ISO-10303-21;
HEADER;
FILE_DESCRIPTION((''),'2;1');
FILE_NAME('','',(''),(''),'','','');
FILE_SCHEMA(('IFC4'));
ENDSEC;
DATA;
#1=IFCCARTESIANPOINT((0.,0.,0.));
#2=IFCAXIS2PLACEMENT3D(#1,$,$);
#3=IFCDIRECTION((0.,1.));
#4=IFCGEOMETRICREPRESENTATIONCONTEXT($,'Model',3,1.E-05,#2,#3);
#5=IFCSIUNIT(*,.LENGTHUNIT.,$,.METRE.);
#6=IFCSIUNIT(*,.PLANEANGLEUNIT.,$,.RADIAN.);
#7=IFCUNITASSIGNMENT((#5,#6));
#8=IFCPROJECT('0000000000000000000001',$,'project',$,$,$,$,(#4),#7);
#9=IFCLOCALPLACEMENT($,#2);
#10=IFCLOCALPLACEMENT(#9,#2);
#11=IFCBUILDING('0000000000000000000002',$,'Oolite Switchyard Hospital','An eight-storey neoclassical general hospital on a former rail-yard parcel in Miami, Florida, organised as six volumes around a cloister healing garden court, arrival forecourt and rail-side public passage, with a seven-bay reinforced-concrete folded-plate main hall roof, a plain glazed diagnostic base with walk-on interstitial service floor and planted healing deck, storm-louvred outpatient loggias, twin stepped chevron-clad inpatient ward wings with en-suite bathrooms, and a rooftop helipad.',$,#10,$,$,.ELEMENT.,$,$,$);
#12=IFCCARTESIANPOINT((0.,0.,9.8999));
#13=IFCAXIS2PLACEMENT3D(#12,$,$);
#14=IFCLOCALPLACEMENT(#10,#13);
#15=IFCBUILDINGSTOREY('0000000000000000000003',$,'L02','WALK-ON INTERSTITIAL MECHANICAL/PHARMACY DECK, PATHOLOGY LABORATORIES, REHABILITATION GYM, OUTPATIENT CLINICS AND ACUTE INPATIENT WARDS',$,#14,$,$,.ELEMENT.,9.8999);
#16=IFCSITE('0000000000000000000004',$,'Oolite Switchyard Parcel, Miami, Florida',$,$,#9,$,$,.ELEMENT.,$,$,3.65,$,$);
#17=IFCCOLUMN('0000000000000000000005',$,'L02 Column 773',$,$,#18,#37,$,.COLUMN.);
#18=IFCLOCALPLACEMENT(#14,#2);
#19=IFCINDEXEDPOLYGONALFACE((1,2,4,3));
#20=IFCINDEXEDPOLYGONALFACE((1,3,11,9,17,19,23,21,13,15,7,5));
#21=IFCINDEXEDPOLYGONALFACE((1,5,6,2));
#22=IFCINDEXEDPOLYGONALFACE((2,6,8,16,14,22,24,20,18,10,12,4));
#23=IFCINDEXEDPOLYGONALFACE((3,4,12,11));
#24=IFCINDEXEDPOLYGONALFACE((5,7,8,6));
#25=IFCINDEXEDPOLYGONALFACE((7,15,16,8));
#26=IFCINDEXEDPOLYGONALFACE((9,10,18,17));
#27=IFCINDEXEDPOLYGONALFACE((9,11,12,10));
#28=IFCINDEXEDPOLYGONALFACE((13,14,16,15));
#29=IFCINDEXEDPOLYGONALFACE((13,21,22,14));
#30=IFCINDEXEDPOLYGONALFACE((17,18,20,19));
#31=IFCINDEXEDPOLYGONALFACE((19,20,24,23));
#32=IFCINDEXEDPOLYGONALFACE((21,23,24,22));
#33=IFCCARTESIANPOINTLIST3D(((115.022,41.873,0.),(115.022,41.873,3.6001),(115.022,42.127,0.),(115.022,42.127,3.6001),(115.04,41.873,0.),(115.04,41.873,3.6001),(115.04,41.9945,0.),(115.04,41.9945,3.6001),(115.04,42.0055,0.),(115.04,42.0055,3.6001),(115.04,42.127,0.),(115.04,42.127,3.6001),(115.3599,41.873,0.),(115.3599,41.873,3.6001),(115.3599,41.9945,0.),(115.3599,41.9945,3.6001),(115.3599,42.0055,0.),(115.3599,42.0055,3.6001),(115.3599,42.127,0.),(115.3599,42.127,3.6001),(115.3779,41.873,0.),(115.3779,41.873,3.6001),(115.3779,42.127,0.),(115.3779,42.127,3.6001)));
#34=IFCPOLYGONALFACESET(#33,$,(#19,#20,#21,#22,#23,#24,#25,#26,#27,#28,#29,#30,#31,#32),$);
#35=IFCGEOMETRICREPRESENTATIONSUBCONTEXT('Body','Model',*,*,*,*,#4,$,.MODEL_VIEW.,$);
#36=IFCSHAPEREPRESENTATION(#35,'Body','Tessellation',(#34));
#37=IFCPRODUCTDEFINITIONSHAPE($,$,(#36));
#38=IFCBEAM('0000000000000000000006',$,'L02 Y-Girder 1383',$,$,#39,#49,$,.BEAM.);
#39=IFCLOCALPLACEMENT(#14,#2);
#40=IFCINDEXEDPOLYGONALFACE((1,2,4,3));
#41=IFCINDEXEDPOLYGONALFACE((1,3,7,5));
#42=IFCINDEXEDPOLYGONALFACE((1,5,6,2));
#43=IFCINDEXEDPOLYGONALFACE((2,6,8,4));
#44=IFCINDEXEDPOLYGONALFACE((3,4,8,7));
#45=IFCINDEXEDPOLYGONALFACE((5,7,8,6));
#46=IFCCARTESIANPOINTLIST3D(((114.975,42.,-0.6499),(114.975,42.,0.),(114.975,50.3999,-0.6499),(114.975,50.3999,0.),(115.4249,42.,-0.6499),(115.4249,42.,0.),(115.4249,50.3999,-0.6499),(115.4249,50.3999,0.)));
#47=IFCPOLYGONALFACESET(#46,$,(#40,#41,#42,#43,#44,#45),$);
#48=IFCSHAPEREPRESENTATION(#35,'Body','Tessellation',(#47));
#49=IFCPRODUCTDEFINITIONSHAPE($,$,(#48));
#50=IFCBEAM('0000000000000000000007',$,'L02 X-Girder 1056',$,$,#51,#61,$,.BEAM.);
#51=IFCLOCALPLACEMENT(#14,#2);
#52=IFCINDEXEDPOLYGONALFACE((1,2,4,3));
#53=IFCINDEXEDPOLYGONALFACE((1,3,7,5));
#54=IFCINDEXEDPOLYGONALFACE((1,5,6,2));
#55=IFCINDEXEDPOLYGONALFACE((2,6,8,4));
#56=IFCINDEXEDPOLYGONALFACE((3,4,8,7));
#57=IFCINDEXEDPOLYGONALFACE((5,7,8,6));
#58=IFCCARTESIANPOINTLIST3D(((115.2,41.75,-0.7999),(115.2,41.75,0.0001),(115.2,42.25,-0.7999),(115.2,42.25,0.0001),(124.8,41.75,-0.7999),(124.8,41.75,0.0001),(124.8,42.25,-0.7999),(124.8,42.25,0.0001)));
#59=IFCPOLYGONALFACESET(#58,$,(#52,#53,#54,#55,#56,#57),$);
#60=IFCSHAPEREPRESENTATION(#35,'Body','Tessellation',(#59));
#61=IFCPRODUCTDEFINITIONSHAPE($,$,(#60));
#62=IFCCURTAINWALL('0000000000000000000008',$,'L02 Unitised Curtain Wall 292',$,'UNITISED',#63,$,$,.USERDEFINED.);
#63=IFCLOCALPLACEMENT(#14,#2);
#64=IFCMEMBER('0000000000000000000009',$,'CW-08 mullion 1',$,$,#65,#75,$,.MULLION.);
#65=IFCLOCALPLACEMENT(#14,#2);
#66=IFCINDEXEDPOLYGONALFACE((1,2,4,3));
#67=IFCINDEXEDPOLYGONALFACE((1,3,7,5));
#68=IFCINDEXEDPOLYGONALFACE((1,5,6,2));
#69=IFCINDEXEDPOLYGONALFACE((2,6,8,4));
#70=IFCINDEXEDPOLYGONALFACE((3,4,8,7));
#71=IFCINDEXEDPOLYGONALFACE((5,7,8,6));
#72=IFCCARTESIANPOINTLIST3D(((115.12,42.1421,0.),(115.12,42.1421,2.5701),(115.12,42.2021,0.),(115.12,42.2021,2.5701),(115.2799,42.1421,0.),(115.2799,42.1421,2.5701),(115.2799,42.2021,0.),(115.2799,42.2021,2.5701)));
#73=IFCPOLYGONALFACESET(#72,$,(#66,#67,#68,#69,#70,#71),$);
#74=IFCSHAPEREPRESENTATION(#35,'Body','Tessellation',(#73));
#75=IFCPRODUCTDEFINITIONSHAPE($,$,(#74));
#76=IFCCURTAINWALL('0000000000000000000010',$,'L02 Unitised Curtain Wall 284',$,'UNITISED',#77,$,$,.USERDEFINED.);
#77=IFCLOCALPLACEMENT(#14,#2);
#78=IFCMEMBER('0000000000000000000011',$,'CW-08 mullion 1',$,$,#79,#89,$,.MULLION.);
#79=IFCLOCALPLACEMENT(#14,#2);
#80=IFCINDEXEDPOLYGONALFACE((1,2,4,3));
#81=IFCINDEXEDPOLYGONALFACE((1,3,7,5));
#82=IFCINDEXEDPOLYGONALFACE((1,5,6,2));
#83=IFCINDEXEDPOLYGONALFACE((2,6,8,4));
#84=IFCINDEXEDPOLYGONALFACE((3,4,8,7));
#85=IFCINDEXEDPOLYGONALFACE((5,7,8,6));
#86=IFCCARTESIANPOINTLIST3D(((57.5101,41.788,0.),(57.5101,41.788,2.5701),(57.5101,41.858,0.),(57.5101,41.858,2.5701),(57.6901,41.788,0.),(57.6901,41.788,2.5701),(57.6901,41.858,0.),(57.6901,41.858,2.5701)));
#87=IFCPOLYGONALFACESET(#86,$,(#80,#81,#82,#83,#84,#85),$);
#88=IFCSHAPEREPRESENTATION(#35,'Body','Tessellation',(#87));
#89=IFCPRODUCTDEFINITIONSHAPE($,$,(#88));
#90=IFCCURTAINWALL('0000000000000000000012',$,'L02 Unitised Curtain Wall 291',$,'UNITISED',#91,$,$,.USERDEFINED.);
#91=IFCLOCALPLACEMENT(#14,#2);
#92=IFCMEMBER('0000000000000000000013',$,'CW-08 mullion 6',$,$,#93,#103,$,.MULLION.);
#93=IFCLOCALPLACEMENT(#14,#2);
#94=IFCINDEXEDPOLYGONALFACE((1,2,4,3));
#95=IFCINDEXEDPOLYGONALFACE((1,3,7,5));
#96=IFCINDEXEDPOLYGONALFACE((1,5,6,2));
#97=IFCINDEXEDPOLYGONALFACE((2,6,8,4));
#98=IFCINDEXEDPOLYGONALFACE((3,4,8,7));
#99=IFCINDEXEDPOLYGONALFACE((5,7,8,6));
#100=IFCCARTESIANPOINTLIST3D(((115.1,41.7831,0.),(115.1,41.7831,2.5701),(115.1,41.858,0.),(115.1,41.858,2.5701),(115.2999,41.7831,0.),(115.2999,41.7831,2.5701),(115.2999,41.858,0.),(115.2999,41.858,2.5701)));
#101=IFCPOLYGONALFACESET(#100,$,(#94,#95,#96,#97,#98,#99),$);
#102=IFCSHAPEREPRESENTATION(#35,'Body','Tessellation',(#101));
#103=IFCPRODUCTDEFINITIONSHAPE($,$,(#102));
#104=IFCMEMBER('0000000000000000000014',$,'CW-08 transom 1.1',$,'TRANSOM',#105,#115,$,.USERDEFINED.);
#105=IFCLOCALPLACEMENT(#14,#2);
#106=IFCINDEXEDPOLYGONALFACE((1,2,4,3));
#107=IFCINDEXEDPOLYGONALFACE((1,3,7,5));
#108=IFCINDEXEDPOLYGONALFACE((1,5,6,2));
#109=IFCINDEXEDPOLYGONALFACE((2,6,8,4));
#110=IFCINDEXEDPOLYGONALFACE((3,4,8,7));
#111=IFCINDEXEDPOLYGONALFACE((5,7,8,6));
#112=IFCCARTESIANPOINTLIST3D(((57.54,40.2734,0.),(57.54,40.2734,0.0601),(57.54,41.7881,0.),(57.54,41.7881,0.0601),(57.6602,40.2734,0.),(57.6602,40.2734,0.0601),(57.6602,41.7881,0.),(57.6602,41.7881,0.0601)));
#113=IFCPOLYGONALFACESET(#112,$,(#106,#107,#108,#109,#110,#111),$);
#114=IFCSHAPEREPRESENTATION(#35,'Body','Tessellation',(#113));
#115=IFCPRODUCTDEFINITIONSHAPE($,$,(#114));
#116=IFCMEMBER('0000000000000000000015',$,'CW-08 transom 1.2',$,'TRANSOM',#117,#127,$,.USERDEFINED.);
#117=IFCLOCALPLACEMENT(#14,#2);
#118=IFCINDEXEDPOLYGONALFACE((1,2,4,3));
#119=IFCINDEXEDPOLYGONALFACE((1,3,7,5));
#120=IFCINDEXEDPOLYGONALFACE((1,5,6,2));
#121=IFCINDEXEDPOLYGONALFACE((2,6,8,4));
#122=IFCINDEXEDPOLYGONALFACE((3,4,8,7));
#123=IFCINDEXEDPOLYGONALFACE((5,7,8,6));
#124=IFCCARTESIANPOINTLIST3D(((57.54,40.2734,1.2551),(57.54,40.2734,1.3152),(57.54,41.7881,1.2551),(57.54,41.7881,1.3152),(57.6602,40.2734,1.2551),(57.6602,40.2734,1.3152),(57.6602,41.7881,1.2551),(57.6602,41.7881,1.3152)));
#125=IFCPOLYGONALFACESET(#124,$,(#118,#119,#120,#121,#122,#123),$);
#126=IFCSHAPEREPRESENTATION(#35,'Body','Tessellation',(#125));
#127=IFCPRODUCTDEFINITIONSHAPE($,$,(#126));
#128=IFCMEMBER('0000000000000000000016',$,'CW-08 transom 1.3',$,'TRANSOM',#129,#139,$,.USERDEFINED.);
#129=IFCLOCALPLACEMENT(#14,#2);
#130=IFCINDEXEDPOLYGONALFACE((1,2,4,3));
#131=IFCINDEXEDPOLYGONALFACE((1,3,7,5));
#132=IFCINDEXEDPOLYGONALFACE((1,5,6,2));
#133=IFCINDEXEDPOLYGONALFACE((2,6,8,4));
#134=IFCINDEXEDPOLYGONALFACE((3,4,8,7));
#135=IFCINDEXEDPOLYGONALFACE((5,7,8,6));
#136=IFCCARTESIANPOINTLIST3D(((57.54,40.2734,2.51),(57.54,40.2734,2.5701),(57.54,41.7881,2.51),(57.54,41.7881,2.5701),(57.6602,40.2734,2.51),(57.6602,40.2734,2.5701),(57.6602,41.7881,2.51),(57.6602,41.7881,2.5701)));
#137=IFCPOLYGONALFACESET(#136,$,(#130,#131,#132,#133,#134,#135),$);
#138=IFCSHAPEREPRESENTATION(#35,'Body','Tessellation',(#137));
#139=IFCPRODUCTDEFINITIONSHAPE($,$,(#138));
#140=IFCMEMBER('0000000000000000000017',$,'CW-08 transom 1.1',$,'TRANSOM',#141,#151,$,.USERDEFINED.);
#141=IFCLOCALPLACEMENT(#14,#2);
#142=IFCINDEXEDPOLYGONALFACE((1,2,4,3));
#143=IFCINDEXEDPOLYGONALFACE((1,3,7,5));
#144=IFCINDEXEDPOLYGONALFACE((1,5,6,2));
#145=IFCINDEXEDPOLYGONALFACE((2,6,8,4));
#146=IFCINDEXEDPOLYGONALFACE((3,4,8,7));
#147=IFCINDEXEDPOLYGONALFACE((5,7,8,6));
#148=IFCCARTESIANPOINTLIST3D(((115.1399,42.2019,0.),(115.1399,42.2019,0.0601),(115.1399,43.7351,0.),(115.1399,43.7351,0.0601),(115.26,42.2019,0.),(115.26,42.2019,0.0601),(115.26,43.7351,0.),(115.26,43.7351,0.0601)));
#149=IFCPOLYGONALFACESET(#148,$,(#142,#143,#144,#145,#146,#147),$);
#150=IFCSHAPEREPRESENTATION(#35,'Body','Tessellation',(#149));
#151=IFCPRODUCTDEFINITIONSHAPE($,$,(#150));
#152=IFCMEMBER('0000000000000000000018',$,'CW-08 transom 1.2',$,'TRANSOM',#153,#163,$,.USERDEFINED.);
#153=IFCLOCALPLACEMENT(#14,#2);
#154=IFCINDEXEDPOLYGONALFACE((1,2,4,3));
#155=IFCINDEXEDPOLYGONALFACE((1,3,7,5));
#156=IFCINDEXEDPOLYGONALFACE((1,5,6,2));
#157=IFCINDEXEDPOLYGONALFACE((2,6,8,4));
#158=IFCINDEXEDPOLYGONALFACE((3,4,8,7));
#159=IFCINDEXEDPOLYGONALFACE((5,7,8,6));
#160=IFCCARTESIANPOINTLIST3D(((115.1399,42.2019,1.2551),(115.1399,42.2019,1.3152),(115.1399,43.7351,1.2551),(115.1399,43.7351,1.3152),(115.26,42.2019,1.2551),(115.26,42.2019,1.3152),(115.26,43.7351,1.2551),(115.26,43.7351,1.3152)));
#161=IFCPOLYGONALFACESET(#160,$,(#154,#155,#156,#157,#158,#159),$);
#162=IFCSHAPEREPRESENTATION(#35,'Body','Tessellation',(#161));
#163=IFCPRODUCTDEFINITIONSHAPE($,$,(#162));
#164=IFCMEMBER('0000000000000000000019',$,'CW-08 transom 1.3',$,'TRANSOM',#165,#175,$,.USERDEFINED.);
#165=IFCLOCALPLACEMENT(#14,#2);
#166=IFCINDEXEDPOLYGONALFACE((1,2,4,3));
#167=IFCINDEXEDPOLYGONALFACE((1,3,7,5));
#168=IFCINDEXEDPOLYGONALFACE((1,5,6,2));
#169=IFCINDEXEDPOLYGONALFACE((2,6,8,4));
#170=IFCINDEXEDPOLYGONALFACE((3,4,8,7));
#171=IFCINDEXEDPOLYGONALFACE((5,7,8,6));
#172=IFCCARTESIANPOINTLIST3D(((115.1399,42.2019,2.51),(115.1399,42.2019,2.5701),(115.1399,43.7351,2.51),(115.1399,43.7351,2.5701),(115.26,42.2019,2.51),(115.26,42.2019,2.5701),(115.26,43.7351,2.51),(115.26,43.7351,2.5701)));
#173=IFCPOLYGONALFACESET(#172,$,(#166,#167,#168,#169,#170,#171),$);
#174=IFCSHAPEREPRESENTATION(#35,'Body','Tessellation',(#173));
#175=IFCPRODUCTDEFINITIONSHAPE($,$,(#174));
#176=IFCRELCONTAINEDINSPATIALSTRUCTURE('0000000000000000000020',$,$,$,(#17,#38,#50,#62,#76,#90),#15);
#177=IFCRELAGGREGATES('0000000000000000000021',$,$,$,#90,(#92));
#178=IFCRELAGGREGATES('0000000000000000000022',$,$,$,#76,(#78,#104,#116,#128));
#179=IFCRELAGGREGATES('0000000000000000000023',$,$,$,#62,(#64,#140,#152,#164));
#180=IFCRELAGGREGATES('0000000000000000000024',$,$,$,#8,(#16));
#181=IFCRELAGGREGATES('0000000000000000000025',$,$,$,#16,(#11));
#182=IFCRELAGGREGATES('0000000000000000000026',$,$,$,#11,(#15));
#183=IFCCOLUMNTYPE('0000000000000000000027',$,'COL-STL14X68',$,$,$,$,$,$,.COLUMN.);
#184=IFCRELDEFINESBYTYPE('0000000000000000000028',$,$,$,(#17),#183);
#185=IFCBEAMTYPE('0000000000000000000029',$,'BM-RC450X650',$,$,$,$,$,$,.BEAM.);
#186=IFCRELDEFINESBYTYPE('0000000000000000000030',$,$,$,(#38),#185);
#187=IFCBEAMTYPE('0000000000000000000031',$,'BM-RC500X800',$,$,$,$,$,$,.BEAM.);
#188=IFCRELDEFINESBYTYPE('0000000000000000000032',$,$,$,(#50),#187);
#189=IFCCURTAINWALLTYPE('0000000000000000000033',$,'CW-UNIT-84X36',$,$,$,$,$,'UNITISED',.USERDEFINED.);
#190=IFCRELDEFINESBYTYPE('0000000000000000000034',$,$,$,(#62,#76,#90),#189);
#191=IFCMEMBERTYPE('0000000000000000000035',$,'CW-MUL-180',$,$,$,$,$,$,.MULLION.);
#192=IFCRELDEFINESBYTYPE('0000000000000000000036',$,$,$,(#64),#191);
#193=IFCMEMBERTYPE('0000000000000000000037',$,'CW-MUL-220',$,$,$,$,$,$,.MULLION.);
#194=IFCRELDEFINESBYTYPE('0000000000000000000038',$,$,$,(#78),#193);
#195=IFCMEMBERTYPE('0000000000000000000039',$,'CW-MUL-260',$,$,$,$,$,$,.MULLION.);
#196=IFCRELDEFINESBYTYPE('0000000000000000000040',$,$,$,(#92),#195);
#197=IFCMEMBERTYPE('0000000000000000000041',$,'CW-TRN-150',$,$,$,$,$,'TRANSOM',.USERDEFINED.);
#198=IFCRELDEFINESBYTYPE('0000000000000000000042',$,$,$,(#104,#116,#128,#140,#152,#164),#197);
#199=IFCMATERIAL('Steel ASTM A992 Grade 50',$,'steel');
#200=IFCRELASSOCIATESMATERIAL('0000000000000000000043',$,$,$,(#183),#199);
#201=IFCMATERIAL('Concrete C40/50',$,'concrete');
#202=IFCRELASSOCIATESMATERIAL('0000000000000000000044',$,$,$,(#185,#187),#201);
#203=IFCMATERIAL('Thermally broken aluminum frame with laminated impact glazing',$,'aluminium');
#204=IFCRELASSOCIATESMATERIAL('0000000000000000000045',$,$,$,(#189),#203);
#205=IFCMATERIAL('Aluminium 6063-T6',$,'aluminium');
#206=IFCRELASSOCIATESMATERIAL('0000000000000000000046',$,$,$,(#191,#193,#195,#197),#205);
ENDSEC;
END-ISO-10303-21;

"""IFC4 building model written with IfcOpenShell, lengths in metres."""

from ifc_helpers import new_model, si_unit, direction, frame, origin, origin_2d, place, context, subcontext, project, spatial, rectangle, i_section, extrude, material, material_profile, profile_set, type_object, element, aggregate, save


model = new_model("IFC4")

# Units and contexts
model_context = context("Model", 3, precision=1e-05, world=origin(), true_north=direction((0.0, 1.0)))
body_context = subcontext(model_context, "Body", "Model", "MODEL_VIEW")
ifc_project = project(units=[si_unit("LENGTHUNIT", "METRE"), si_unit("PLANEANGLEUNIT", "RADIAN")], contexts=[model_context])

# Site, building, storey
site_placement = place(None, origin())
site = spatial("IfcSite", under=ifc_project, at=site_placement, Name="Oolite Switchyard Parcel, Miami, Florida", CompositionType="ELEMENT", RefElevation=3.65)
building_placement = place(site_placement, origin())
building = spatial("IfcBuilding", under=site, at=building_placement, Name="Oolite Switchyard Hospital", Description="An eight-storey neoclassical general hospital on a former rail-yard parcel in Miami, Florida, organised as six volumes around a cloister healing garden court, arrival forecourt and rail-side public passage, with a seven-bay reinforced-concrete folded-plate main hall roof, a plain glazed diagnostic base with walk-on interstitial service floor and planted healing deck, storm-louvred outpatient loggias, twin stepped chevron-clad inpatient ward wings with en-suite bathrooms, and a rooftop helipad.", CompositionType="ELEMENT")
storey_placement = place(building_placement, frame((0.0, 0.0, 9.8999)))
storey = spatial("IfcBuildingStorey", under=building, at=storey_placement, Name="L02", Description="WALK-ON INTERSTITIAL MECHANICAL/PHARMACY DECK, PATHOLOGY LABORATORIES, REHABILITATION GYM, OUTPATIENT CLINICS AND ACUTE INPATIENT WARDS", CompositionType="ELEMENT", Elevation=9.8999)

# Column
ifc_material_1 = material(Name="Steel ASTM A992 Grade 50", Category="steel")
ifc_material_profile_1 = material_profile(ifc_material_1, i_section(OverallWidth=0.2539, OverallDepth=0.356, WebThickness=0.011, FlangeThickness=0.0181, at=origin_2d()), Name="W14X68")
ifc_profile_set_1 = profile_set([ifc_material_profile_1], Name="Steel ASTM A992 Grade 50")
column_type = type_object("IfcColumnType", Name="COL-STL14X68", PredefinedType="COLUMN", material=ifc_profile_set_1)
column_placement = place(storey_placement, frame((115.2, 42.0, 0.0), z_axis=(0.0, 0.0, 1.0), x_axis=(0.0, -1.0, 0.0)))
element("IfcColumn", 1, at=column_placement, inside=storey, type_object=column_type, Name="L02 Column 773", PredefinedType="COLUMN", context=body_context, shape_type="SweptSolid", body=[
    extrude(i_section(OverallWidth=0.2539, OverallDepth=0.356, WebThickness=0.011, FlangeThickness=0.0181, at=origin_2d()), origin(), (0.0, 0.0, 1.0), 3.6001),
])

# Beams
ifc_material_2 = material(Name="Concrete C40/50", Category="concrete")
ifc_material_profile_2 = material_profile(ifc_material_2, rectangle(XDim=0.45, YDim=0.6499, at=origin_2d()), Name="RCB450X650")
ifc_profile_set_2 = profile_set([ifc_material_profile_2], Name="Concrete C40/50")
beam_type_1 = type_object("IfcBeamType", Name="BM-RC450X650", PredefinedType="BEAM", material=ifc_profile_set_2)
beam_1_placement = place(storey_placement, frame((115.2, 42.0, -0.325), z_axis=(0.0, 1.0, 0.0), x_axis=(-1.0, 0.0, 0.0)))
element("IfcBeam", 2, at=beam_1_placement, inside=storey, type_object=beam_type_1, Name="L02 Y-Girder 1383", PredefinedType="BEAM", context=body_context, shape_type="SweptSolid", body=[
    extrude(rectangle(XDim=0.45, YDim=0.6499, at=origin_2d()), origin(), (0.0, 0.0, 1.0), 8.3999),
])
ifc_material_profile_3 = material_profile(ifc_material_2, rectangle(XDim=0.5, YDim=0.8, at=origin_2d()), Name="RCB500X800")
ifc_profile_set_3 = profile_set([ifc_material_profile_3], Name="Concrete C40/50")
beam_type_2 = type_object("IfcBeamType", Name="BM-RC500X800", PredefinedType="BEAM", material=ifc_profile_set_3)
beam_2_placement = place(storey_placement, frame((115.2, 42.0, -0.3999), z_axis=(1.0, 0.0, 0.0), x_axis=(0.0, 1.0, 0.0)))
element("IfcBeam", 3, at=beam_2_placement, inside=storey, type_object=beam_type_2, Name="L02 X-Girder 1056", PredefinedType="BEAM", context=body_context, shape_type="SweptSolid", body=[
    extrude(rectangle(XDim=0.5, YDim=0.8, at=origin_2d()), origin(), (0.0, 0.0, 1.0), 9.6001),
])

# Curtain walls, members
ifc_material_3 = material(Name="Thermally broken aluminum frame with laminated impact glazing", Category="aluminium")
curtain_wall_type = type_object("IfcCurtainWallType", Name="CW-UNIT-84X36", ElementType="UNITISED", PredefinedType="USERDEFINED", material=ifc_material_3)
curtain_wall_1_placement = place(storey_placement, origin())
curtain_wall_1 = element("IfcCurtainWall", 4, at=curtain_wall_1_placement, inside=storey, type_object=curtain_wall_type, Name="L02 Unitised Curtain Wall 292", ObjectType="UNITISED", PredefinedType="USERDEFINED")
ifc_material_4 = material(Name="Aluminium 6063-T6", Category="aluminium")
ifc_material_profile_4 = material_profile(ifc_material_4, rectangle(XDim=0.1599, YDim=0.0601, at=origin_2d()), Name="CWM60X160")
ifc_profile_set_4 = profile_set([ifc_material_profile_4], Name="Aluminium 6063-T6")
member_type_1 = type_object("IfcMemberType", Name="CW-MUL-180", PredefinedType="MULLION", material=ifc_profile_set_4)
member_1_placement = place(storey_placement, frame((115.2, 42.1721, 0.0), z_axis=(0.0, 0.0, 1.0), x_axis=(-1.0, 0.0, 0.0)))
member_1 = element("IfcMember", 5, at=member_1_placement, type_object=member_type_1, Name="CW-08 mullion 1", PredefinedType="MULLION", context=body_context, shape_type="SweptSolid", body=[
    extrude(rectangle(XDim=0.1599, YDim=0.0601, at=origin_2d()), origin(), (0.0, 0.0, 1.0), 2.5701),
])
curtain_wall_2_placement = place(storey_placement, origin())
curtain_wall_2 = element("IfcCurtainWall", 6, at=curtain_wall_2_placement, inside=storey, type_object=curtain_wall_type, Name="L02 Unitised Curtain Wall 284", ObjectType="UNITISED", PredefinedType="USERDEFINED")
ifc_material_profile_5 = material_profile(ifc_material_4, rectangle(XDim=0.1799, YDim=0.0701, at=origin_2d()), Name="CWM70X180")
ifc_profile_set_5 = profile_set([ifc_material_profile_5], Name="Aluminium 6063-T6")
member_type_2 = type_object("IfcMemberType", Name="CW-MUL-220", PredefinedType="MULLION", material=ifc_profile_set_5)
member_2_placement = place(storey_placement, frame((57.6001, 41.823, 0.0), z_axis=(0.0, 0.0, 1.0), x_axis=(1.0, 0.0, 0.0)))
member_2 = element("IfcMember", 7, at=member_2_placement, type_object=member_type_2, Name="CW-08 mullion 1", PredefinedType="MULLION", context=body_context, shape_type="SweptSolid", body=[
    extrude(rectangle(XDim=0.1799, YDim=0.0701, at=origin_2d()), origin(), (0.0, 0.0, 1.0), 2.5701),
])
curtain_wall_3_placement = place(storey_placement, origin())
curtain_wall_3 = element("IfcCurtainWall", 8, at=curtain_wall_3_placement, inside=storey, type_object=curtain_wall_type, Name="L02 Unitised Curtain Wall 291", ObjectType="UNITISED", PredefinedType="USERDEFINED")
ifc_material_profile_6 = material_profile(ifc_material_4, rectangle(XDim=0.2, YDim=0.075, at=origin_2d()), Name="CWM75X200")
ifc_profile_set_6 = profile_set([ifc_material_profile_6], Name="Aluminium 6063-T6")
member_type_3 = type_object("IfcMemberType", Name="CW-MUL-260", PredefinedType="MULLION", material=ifc_profile_set_6)
member_3_placement = place(storey_placement, frame((115.2, 41.8206, 0.0), z_axis=(0.0, 0.0, 1.0), x_axis=(-1.0, 0.0, 0.0)))
member_3 = element("IfcMember", 9, at=member_3_placement, type_object=member_type_3, Name="CW-08 mullion 6", PredefinedType="MULLION", context=body_context, shape_type="SweptSolid", body=[
    extrude(rectangle(XDim=0.2, YDim=0.075, at=origin_2d()), origin(), (0.0, 0.0, 1.0), 2.5701),
])
aggregate(curtain_wall_3, [member_3])

# Members
ifc_material_profile_7 = material_profile(ifc_material_4, rectangle(XDim=0.1201, YDim=0.0601, at=origin_2d()), Name="CWT60X120")
ifc_profile_set_7 = profile_set([ifc_material_profile_7], Name="Aluminium 6063-T6")
member_type_4 = type_object("IfcMemberType", Name="CW-TRN-150", ElementType="TRANSOM", PredefinedType="USERDEFINED", material=ifc_profile_set_7)
member_4_placement = place(storey_placement, frame((57.6001, 41.7881, 0.03), z_axis=(0.0, -1.0, 0.0), x_axis=(1.0, 0.0, 0.0)))
member_4 = element("IfcMember", 10, at=member_4_placement, type_object=member_type_4, Name="CW-08 transom 1.1", ObjectType="TRANSOM", PredefinedType="USERDEFINED", context=body_context, shape_type="SweptSolid", body=[
    extrude(rectangle(XDim=0.1201, YDim=0.0601, at=origin_2d()), origin(), (0.0, 0.0, 1.0), 1.5146),
])
member_5_placement = place(storey_placement, frame((57.6001, 41.7881, 1.2852), z_axis=(0.0, -1.0, 0.0), x_axis=(1.0, 0.0, 0.0)))
member_5 = element("IfcMember", 11, at=member_5_placement, type_object=member_type_4, Name="CW-08 transom 1.2", ObjectType="TRANSOM", PredefinedType="USERDEFINED", context=body_context, shape_type="SweptSolid", body=[
    extrude(rectangle(XDim=0.1201, YDim=0.0601, at=origin_2d()), origin(), (0.0, 0.0, 1.0), 1.5146),
])
member_6_placement = place(storey_placement, frame((57.6001, 41.7881, 2.54), z_axis=(0.0, -1.0, 0.0), x_axis=(1.0, 0.0, 0.0)))
member_6 = element("IfcMember", 12, at=member_6_placement, type_object=member_type_4, Name="CW-08 transom 1.3", ObjectType="TRANSOM", PredefinedType="USERDEFINED", context=body_context, shape_type="SweptSolid", body=[
    extrude(rectangle(XDim=0.1201, YDim=0.0601, at=origin_2d()), origin(), (0.0, 0.0, 1.0), 1.5146),
])
member_7_placement = place(storey_placement, frame((115.2, 42.2019, 0.03), z_axis=(0.0, 1.0, 0.0), x_axis=(-1.0, 0.0, 0.0)))
member_7 = element("IfcMember", 13, at=member_7_placement, type_object=member_type_4, Name="CW-08 transom 1.1", ObjectType="TRANSOM", PredefinedType="USERDEFINED", context=body_context, shape_type="SweptSolid", body=[
    extrude(rectangle(XDim=0.1201, YDim=0.0601, at=origin_2d()), origin(), (0.0, 0.0, 1.0), 1.5332),
])
member_8_placement = place(storey_placement, frame((115.2, 42.2019, 1.2852), z_axis=(0.0, 1.0, 0.0), x_axis=(-1.0, 0.0, 0.0)))
member_8 = element("IfcMember", 14, at=member_8_placement, type_object=member_type_4, Name="CW-08 transom 1.2", ObjectType="TRANSOM", PredefinedType="USERDEFINED", context=body_context, shape_type="SweptSolid", body=[
    extrude(rectangle(XDim=0.1201, YDim=0.0601, at=origin_2d()), origin(), (0.0, 0.0, 1.0), 1.5332),
])
member_9_placement = place(storey_placement, frame((115.2, 42.2019, 2.54), z_axis=(0.0, 1.0, 0.0), x_axis=(-1.0, 0.0, 0.0)))
member_9 = element("IfcMember", 15, at=member_9_placement, type_object=member_type_4, Name="CW-08 transom 1.3", ObjectType="TRANSOM", PredefinedType="USERDEFINED", context=body_context, shape_type="SweptSolid", body=[
    extrude(rectangle(XDim=0.1201, YDim=0.0601, at=origin_2d()), origin(), (0.0, 0.0, 1.0), 1.5332),
])

aggregate(curtain_wall_2, [member_2, member_4, member_5, member_6])
aggregate(curtain_wall_1, [member_1, member_7, member_8, member_9])

save(model, "model.ifc")
